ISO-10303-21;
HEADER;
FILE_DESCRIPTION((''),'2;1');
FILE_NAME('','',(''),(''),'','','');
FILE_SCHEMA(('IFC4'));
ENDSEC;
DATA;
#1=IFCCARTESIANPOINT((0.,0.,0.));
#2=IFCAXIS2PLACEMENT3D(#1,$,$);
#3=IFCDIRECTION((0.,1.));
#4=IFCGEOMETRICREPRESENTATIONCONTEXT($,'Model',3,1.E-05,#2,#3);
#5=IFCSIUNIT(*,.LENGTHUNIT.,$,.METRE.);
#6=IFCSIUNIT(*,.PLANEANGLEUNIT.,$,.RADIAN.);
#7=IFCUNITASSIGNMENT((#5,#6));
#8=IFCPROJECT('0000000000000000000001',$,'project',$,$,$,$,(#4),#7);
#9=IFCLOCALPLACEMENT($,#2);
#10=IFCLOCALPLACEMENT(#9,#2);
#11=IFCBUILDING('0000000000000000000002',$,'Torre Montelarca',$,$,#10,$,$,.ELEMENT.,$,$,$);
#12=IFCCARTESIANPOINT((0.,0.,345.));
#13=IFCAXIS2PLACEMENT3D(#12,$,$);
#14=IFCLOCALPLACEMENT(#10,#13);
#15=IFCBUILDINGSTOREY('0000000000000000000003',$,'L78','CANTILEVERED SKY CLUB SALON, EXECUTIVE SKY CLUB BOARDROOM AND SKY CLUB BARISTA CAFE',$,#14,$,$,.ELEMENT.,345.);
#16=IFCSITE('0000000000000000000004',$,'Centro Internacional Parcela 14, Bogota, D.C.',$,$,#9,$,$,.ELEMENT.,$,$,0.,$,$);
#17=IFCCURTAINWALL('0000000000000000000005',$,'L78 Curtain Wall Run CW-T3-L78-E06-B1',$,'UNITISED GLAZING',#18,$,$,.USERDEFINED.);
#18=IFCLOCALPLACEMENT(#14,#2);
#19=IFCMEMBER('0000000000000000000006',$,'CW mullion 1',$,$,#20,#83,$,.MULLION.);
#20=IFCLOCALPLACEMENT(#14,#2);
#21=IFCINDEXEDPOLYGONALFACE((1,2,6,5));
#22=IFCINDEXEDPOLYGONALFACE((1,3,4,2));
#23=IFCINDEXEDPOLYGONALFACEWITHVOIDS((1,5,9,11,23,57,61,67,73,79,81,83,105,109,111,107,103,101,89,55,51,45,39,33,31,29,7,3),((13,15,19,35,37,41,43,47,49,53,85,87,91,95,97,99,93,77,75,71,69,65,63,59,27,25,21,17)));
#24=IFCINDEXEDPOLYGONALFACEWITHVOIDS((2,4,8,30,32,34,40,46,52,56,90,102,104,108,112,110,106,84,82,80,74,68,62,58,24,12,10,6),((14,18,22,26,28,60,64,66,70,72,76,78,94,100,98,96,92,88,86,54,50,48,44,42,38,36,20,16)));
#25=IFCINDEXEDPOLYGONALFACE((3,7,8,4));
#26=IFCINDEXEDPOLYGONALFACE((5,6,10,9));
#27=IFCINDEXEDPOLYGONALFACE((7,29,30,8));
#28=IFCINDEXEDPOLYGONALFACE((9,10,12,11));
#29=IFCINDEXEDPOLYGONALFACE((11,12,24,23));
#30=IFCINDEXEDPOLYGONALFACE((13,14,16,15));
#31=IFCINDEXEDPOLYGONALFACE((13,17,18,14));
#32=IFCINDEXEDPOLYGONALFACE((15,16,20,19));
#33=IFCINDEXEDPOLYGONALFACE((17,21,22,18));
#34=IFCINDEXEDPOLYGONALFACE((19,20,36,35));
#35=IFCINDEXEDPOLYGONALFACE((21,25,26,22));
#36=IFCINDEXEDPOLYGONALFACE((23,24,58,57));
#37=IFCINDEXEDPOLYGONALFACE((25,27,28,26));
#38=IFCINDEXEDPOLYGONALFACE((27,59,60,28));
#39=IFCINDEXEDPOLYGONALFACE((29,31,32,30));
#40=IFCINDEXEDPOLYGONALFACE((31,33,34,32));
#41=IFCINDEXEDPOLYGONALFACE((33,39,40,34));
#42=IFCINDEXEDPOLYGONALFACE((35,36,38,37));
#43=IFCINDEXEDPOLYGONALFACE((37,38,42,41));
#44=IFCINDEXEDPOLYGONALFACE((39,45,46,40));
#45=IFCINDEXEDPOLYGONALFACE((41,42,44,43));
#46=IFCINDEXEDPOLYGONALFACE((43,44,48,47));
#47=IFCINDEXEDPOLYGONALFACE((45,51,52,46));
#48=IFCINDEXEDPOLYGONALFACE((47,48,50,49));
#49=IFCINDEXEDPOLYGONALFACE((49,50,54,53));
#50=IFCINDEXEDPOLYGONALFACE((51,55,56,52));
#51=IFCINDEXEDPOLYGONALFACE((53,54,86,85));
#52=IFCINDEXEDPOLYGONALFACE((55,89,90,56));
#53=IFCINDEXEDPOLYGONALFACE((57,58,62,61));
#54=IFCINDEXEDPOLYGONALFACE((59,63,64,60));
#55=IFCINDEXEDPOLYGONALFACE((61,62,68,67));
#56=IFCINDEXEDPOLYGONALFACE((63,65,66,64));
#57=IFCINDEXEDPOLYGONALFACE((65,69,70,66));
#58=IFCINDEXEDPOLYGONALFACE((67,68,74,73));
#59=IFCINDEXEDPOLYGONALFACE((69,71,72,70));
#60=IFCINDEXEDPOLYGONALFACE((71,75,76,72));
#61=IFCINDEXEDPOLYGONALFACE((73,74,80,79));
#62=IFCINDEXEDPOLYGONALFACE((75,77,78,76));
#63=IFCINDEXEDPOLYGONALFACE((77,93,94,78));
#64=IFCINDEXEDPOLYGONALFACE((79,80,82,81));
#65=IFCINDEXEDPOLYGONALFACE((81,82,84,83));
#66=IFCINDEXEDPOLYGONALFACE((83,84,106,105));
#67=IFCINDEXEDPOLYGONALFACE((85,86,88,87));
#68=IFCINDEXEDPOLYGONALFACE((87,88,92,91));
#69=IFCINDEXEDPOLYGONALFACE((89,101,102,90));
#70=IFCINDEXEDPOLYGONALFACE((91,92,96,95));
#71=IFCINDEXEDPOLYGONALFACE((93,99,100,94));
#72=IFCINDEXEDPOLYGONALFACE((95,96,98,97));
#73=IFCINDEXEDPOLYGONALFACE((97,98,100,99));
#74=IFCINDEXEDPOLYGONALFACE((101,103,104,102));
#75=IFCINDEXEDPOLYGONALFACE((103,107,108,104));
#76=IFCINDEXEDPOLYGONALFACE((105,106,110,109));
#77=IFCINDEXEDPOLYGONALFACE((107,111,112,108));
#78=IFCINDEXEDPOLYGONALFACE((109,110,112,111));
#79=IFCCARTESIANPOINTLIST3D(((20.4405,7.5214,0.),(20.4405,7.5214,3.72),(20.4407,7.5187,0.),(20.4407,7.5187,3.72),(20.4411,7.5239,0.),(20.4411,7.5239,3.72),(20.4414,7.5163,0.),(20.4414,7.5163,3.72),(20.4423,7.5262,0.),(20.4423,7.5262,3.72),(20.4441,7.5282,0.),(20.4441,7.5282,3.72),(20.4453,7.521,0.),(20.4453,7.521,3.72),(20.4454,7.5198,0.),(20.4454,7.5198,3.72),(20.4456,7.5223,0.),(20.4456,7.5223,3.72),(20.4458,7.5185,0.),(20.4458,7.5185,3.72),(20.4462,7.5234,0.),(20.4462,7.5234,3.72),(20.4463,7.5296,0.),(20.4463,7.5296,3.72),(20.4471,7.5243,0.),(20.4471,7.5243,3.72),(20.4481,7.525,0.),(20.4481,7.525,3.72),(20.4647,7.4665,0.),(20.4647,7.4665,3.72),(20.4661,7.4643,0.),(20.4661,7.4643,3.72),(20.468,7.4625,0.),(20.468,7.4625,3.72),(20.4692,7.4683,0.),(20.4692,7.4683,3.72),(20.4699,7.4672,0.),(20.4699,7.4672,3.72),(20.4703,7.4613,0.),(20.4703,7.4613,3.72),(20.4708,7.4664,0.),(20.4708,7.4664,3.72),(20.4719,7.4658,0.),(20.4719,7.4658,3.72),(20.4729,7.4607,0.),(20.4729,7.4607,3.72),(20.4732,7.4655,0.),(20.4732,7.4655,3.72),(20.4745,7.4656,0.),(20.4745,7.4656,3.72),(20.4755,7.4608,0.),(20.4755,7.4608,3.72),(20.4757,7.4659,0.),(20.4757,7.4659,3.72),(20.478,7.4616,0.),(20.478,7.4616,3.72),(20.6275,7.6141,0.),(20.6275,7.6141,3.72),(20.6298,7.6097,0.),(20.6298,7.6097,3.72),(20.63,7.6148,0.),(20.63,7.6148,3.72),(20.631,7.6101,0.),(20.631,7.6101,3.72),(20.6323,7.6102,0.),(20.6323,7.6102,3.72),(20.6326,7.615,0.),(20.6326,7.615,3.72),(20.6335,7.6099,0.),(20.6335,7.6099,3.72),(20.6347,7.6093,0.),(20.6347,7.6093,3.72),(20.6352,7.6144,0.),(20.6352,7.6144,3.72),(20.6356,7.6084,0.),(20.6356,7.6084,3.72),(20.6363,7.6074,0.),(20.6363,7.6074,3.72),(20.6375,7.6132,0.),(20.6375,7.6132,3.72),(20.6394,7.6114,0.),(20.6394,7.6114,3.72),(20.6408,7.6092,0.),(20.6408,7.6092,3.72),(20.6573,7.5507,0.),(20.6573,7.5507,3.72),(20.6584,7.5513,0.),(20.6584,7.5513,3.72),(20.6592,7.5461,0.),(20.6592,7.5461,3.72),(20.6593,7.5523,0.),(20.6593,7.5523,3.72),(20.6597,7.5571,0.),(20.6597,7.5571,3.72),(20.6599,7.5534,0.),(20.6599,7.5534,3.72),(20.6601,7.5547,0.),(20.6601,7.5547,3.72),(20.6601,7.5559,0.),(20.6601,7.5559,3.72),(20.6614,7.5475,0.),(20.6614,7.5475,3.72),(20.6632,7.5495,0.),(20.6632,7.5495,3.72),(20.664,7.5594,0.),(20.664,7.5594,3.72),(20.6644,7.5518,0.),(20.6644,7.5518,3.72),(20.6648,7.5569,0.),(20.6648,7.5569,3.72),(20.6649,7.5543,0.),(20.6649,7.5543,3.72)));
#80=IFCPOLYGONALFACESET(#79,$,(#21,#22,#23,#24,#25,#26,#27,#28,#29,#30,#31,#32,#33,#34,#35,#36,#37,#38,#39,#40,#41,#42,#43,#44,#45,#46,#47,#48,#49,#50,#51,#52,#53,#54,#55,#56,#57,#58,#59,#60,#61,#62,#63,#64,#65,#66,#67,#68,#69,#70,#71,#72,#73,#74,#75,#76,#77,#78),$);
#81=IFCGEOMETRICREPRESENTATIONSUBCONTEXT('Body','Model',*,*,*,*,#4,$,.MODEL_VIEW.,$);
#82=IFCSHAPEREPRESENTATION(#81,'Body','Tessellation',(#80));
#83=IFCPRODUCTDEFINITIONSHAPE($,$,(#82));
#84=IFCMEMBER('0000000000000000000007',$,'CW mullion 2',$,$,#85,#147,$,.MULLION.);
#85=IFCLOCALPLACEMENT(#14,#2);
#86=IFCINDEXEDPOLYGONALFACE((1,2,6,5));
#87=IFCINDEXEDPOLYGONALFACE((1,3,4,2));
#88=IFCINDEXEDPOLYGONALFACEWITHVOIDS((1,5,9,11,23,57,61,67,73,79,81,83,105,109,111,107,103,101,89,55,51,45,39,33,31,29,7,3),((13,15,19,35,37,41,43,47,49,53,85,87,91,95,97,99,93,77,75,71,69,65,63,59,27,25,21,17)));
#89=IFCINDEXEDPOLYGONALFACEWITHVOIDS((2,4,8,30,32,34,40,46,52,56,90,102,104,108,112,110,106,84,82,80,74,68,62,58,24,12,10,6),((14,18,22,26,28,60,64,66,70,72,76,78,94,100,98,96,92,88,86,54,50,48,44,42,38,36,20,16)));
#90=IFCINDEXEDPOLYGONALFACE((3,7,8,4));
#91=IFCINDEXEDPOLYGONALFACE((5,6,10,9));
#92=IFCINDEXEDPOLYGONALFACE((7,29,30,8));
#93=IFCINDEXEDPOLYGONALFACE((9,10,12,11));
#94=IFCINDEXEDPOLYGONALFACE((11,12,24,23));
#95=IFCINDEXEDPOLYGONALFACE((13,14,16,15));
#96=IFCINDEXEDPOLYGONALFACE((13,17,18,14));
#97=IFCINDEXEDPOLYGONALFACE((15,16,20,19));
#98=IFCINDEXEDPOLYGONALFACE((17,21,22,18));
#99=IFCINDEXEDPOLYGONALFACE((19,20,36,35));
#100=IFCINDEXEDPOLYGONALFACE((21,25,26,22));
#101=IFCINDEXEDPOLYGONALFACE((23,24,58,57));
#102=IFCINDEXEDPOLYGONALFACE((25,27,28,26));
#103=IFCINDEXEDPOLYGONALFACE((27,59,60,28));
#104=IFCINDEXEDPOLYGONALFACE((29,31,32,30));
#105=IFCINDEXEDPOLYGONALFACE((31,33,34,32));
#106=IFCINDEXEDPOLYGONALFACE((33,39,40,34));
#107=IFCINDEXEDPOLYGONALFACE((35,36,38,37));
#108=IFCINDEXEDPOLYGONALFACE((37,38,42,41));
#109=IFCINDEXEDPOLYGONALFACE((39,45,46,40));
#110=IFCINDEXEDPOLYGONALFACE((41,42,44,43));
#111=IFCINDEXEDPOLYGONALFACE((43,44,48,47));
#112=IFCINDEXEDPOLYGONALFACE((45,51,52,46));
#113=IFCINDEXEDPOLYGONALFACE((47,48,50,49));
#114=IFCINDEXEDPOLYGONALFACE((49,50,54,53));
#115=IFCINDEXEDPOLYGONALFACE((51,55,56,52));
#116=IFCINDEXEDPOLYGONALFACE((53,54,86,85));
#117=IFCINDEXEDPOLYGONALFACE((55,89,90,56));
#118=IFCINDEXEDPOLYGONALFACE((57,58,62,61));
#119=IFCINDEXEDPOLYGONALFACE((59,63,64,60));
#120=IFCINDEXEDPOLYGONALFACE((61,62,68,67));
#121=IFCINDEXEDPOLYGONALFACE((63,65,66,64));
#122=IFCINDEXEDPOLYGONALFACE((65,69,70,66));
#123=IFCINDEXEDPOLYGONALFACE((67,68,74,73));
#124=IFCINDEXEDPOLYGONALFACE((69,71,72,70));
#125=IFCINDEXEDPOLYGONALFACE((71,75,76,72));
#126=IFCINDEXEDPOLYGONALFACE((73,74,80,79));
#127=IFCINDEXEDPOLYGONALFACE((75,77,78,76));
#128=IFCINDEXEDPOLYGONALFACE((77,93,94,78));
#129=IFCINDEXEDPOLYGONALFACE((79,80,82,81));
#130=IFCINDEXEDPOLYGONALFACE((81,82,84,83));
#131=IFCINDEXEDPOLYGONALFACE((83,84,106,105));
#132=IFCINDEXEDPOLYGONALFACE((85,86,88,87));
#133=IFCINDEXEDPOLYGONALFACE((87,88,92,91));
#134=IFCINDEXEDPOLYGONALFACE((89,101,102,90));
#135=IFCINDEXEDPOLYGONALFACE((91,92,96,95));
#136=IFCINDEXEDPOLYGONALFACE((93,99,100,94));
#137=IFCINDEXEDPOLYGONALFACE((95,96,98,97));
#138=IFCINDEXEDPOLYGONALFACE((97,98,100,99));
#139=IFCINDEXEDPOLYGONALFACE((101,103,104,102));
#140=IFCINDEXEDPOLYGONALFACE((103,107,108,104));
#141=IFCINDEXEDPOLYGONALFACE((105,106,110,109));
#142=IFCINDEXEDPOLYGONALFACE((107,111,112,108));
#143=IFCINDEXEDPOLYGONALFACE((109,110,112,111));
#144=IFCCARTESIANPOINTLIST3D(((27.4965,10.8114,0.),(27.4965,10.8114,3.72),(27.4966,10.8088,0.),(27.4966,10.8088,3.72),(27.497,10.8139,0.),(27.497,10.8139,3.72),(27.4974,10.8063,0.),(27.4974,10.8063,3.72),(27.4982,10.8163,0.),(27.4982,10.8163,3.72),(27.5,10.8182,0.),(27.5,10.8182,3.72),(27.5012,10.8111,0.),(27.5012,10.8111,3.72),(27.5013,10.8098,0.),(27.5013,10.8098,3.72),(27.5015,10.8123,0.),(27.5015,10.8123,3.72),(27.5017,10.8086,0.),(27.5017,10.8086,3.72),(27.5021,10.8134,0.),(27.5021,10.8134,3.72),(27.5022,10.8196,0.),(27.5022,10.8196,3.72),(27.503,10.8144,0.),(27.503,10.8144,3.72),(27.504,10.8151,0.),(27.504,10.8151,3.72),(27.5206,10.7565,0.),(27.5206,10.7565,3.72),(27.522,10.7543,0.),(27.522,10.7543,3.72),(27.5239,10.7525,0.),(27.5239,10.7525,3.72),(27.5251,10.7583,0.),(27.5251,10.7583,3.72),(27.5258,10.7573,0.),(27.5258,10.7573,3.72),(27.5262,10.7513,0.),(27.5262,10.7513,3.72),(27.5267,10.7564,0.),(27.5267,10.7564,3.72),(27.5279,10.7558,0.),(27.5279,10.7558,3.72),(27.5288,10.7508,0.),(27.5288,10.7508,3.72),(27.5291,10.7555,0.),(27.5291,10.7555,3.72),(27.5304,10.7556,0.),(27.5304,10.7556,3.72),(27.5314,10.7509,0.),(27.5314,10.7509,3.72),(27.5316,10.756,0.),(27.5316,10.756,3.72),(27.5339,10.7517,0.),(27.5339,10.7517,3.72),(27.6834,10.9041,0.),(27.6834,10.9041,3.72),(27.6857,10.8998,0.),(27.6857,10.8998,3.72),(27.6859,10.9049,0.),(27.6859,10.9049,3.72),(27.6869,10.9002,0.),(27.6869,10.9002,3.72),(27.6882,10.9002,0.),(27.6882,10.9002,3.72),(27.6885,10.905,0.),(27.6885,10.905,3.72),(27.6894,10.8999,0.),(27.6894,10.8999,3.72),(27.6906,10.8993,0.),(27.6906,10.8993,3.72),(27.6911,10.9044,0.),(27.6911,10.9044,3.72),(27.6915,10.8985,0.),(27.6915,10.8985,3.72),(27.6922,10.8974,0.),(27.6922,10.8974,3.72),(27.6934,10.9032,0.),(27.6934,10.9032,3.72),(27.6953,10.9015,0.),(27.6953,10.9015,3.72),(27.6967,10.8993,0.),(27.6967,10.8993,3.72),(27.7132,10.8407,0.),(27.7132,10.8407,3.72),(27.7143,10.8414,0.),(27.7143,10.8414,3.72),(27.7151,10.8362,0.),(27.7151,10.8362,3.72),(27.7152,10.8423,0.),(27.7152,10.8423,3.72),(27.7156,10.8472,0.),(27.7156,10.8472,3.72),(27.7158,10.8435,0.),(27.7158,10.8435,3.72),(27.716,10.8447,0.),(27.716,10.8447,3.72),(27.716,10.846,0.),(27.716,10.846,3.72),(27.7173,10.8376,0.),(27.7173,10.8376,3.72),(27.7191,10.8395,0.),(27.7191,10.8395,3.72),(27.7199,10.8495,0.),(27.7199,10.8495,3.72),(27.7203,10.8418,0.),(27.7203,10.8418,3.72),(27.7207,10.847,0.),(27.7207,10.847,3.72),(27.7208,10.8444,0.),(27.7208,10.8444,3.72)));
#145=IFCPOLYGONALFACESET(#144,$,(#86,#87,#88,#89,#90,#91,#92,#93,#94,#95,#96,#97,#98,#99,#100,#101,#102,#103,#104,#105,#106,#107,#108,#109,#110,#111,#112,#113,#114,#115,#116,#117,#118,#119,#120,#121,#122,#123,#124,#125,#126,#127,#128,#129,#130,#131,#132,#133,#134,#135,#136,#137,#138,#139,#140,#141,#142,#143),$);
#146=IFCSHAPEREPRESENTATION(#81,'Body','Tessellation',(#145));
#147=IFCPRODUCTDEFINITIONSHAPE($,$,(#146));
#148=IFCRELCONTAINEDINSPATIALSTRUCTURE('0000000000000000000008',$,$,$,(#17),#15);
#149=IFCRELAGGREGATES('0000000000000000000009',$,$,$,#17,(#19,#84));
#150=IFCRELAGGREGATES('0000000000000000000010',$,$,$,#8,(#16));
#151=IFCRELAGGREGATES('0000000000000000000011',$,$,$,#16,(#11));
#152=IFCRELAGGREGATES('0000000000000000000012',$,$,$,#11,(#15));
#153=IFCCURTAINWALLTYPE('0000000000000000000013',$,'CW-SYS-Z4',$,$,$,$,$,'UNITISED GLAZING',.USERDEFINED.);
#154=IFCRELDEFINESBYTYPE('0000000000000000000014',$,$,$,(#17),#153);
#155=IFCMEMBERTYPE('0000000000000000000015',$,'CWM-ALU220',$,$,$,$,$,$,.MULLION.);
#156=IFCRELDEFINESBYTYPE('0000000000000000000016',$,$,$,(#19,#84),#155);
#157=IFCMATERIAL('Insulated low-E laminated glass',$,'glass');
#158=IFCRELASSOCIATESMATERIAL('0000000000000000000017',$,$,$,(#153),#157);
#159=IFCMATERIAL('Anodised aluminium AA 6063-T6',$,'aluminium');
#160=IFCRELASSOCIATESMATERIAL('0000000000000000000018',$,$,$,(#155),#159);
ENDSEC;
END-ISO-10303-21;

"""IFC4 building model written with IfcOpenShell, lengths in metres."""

from ifc_helpers import new_model, si_unit, direction, frame, origin, origin_2d, place, context, subcontext, project, spatial, hollow_rectangle, extrude, source, transform, mapped, material, material_profile, profile_set, type_object, element, aggregate, save


model = new_model("IFC4")

# Units and contexts
model_context = context("Model", 3, precision=1e-05, world=origin(), true_north=direction((0.0, 1.0)))
body_context = subcontext(model_context, "Body", "Model", "MODEL_VIEW")
ifc_project = project(units=[si_unit("LENGTHUNIT", "METRE"), si_unit("PLANEANGLEUNIT", "RADIAN")], contexts=[model_context])

# Site, building, storey
site_placement = place(None, origin())
site = spatial("IfcSite", under=ifc_project, at=site_placement, Name="Centro Internacional Parcela 14, Bogota, D.C.", CompositionType="ELEMENT", RefElevation=0.0)
building_placement = place(site_placement, origin())
building = spatial("IfcBuilding", under=site, at=building_placement, Name="Torre Montelarca", CompositionType="ELEMENT")
storey_placement = place(building_placement, frame((0.0, 0.0, 345.0)))
storey = spatial("IfcBuildingStorey", under=building, at=storey_placement, Name="L78", Description="CANTILEVERED SKY CLUB SALON, EXECUTIVE SKY CLUB BOARDROOM AND SKY CLUB BARISTA CAFE", CompositionType="ELEMENT", Elevation=345.0)

# Curtain wall, members
ifc_material_1 = material(Name="Insulated low-E laminated glass", Category="glass")
curtain_wall_type = type_object("IfcCurtainWallType", Name="CW-SYS-Z4", ElementType="UNITISED GLAZING", PredefinedType="USERDEFINED", material=ifc_material_1)
ifc_material_2 = material(Name="Anodised aluminium AA 6063-T6", Category="aluminium")
ifc_material_profile_1 = material_profile(ifc_material_2, hollow_rectangle(XDim=0.075, YDim=0.22, WallThickness=0.0049, InnerFilletRadius=0.0049, OuterFilletRadius=0.01, at=origin_2d()), Name="ALU75X220X5", Category="aluminium")
ifc_profile_set_1 = profile_set([ifc_material_profile_1], Name="Anodised aluminium AA 6063-T6")
member_type_1 = type_object("IfcMemberType", Name="CWM-ALU220", PredefinedType="MULLION", material=ifc_profile_set_1)
shared_shape_1 = source(origin(), body_context, "Body", "SweptSolid", [
    extrude(hollow_rectangle(XDim=0.075, YDim=0.22, WallThickness=0.0049, InnerFilletRadius=0.0049, OuterFilletRadius=0.01, at=origin_2d()), origin(), (0.0, 0.0, 1.0), 3.72),
])
curtain_wall_1_placement = place(storey_placement, origin())
curtain_wall_1 = element("IfcCurtainWall", 1, at=curtain_wall_1_placement, inside=storey, type_object=curtain_wall_type, Name="L78 Curtain Wall Run CW-T3-L78-E06-B1", ObjectType="UNITISED GLAZING", PredefinedType="USERDEFINED")
member_1_placement = place(storey_placement, frame((20.5527, 7.5378, 0.0), z_axis=(0.0, 0.0, 1.0), x_axis=(-0.422612, 0.906311, 0.0)))
member_1 = element("IfcMember", 2, at=member_1_placement, type_object=member_type_1, Name="CW mullion 1", PredefinedType="MULLION", context=body_context, shape_type="MappedRepresentation", body=[
    mapped(shared_shape_1, transform((0.0, 0.0, 0.0), scale=1.0)),
])
member_2_placement = place(storey_placement, frame((27.6086, 10.8279, 0.0), z_axis=(0.0, 0.0, 1.0), x_axis=(-0.422612, 0.906311, 0.0)))
member_2 = element("IfcMember", 3, at=member_2_placement, type_object=member_type_1, Name="CW mullion 2", PredefinedType="MULLION", context=body_context, shape_type="MappedRepresentation", body=[
    mapped(shared_shape_1, transform((0.0, 0.0, 0.0), scale=1.0)),
])

aggregate(curtain_wall_1, [member_1, member_2])

save(model, "model.ifc")
